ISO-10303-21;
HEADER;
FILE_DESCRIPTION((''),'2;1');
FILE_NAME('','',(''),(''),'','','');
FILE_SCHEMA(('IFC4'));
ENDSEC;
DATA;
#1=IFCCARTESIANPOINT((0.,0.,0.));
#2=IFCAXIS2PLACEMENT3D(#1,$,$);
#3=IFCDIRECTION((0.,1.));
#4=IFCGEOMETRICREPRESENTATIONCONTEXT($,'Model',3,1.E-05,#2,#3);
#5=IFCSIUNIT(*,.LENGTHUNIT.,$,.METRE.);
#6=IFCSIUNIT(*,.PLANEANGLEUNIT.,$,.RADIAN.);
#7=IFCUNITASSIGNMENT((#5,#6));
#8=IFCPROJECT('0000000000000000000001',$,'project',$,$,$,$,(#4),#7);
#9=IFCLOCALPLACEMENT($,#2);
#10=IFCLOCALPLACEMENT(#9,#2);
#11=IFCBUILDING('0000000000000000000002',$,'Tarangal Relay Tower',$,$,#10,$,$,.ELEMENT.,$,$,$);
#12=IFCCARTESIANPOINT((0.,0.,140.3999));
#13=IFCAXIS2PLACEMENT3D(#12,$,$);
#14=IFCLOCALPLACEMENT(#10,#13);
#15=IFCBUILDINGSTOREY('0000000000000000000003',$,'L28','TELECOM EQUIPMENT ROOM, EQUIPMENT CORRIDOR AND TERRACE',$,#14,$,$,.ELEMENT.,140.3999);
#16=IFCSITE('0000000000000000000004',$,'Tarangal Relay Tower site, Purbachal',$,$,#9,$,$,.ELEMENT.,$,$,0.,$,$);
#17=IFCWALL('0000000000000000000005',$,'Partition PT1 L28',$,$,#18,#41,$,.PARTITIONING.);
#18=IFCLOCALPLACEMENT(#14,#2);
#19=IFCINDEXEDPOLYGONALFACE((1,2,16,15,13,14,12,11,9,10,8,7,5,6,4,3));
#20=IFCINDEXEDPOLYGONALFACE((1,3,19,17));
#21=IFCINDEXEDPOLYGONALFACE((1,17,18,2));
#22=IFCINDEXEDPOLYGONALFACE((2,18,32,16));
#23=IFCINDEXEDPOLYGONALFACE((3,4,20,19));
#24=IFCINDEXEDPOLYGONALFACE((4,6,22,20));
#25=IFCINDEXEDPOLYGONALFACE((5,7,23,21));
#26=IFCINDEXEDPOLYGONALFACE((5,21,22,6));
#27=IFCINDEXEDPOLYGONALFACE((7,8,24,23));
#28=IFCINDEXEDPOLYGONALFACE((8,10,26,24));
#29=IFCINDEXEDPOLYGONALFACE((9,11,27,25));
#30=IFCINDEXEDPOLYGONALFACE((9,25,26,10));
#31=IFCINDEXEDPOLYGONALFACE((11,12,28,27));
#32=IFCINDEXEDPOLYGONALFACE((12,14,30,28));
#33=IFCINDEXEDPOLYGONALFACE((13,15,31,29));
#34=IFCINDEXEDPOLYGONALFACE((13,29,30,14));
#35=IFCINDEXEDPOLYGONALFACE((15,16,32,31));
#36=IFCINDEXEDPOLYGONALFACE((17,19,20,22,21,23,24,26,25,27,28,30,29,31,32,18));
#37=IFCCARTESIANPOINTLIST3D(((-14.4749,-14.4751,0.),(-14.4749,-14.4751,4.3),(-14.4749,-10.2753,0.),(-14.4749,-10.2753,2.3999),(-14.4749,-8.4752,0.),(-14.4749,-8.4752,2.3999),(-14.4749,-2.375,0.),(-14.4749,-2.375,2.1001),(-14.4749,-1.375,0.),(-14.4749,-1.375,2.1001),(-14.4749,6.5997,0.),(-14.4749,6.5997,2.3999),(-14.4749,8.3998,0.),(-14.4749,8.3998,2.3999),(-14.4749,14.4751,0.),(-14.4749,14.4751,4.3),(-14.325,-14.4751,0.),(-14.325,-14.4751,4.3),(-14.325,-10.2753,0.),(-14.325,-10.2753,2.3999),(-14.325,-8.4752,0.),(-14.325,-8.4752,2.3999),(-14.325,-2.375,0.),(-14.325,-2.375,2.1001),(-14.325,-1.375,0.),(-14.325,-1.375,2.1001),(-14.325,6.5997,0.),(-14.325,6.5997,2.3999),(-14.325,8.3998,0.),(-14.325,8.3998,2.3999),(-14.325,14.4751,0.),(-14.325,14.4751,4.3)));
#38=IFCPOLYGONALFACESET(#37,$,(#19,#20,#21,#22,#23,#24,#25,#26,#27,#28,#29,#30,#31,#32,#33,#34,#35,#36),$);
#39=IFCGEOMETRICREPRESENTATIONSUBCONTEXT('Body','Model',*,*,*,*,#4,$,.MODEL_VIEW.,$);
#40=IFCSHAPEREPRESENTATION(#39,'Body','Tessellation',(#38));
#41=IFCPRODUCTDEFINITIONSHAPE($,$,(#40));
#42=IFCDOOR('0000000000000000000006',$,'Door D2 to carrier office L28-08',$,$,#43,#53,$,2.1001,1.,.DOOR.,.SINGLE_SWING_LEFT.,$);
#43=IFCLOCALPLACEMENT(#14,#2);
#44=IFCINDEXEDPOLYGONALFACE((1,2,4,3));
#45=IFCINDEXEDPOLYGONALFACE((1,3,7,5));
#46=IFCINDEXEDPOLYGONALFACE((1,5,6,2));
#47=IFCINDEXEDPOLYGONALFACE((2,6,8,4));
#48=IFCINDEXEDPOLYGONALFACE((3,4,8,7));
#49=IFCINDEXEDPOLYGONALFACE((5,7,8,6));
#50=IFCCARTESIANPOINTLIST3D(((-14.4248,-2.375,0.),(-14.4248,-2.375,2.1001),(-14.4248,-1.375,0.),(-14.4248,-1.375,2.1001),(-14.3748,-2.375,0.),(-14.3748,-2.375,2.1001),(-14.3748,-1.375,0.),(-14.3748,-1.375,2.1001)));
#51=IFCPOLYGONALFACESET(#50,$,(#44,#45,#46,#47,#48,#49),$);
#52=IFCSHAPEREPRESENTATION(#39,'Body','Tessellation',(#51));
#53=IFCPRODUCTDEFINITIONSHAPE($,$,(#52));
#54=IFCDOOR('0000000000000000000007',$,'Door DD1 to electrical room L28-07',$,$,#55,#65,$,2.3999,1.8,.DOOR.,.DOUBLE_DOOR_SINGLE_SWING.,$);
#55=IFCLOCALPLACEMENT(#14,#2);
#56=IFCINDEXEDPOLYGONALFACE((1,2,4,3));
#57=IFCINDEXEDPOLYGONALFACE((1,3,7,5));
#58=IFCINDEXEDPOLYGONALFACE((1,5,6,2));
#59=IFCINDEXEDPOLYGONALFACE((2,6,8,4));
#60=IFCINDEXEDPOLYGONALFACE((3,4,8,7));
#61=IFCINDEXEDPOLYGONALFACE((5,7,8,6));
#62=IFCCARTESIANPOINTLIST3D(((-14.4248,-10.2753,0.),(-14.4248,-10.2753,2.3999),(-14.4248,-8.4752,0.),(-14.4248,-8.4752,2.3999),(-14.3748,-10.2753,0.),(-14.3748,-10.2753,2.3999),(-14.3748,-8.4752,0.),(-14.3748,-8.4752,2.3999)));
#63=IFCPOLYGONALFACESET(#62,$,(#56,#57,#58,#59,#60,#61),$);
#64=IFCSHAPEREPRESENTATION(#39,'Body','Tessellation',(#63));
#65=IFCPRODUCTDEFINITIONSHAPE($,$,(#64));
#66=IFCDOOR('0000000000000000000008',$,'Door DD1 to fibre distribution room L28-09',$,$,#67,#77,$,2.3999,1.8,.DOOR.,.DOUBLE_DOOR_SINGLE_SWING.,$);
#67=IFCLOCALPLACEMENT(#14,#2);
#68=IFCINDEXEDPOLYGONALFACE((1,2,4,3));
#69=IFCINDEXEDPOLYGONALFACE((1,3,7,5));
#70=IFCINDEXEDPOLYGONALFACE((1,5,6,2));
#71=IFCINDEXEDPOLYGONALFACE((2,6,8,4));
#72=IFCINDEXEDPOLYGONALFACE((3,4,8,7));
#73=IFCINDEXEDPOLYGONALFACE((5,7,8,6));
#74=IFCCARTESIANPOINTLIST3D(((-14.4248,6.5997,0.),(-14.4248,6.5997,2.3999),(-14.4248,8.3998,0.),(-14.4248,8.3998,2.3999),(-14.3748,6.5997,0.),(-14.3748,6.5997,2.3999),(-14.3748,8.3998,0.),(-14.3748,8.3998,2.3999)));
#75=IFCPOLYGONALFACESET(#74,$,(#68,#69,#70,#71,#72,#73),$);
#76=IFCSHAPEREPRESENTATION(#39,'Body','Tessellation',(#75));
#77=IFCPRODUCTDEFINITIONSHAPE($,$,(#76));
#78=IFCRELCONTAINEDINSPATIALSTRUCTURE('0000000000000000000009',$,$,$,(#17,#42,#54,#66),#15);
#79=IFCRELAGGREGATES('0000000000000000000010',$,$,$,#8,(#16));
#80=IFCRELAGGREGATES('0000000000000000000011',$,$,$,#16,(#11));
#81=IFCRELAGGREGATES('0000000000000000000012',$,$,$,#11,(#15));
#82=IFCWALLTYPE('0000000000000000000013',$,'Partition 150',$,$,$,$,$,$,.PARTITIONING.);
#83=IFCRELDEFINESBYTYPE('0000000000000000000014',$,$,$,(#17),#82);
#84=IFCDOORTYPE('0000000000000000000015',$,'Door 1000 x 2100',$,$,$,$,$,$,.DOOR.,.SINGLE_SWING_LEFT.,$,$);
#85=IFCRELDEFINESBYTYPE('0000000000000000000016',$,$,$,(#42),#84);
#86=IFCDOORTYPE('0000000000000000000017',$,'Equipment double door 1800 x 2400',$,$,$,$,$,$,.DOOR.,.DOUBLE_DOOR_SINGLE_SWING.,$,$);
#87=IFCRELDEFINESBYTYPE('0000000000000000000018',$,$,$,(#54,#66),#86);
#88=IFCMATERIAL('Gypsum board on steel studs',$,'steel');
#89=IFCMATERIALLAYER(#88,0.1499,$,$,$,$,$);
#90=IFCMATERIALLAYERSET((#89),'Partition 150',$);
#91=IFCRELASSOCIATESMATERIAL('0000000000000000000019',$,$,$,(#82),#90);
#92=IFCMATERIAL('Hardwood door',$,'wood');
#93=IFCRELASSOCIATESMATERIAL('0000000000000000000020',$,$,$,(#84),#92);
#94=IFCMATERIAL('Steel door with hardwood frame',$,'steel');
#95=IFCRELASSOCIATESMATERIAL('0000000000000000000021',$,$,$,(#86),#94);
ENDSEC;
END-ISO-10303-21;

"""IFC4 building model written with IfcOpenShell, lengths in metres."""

from ifc_helpers import new_model, si_unit, direction, frame, frame_2d, origin, place, context, subcontext, project, spatial, rectangle, extrude, material, layer, layer_set, type_object, element, fill, save


model = new_model("IFC4")

# Units and contexts
model_context = context("Model", 3, precision=1e-05, world=origin(), true_north=direction((0.0, 1.0)))
body_context = subcontext(model_context, "Body", "Model", "MODEL_VIEW")
ifc_project = project(units=[si_unit("LENGTHUNIT", "METRE"), si_unit("PLANEANGLEUNIT", "RADIAN")], contexts=[model_context])

# Site, building, storey
site_placement = place(None, origin())
site = spatial("IfcSite", under=ifc_project, at=site_placement, Name="Tarangal Relay Tower site, Purbachal", CompositionType="ELEMENT", RefElevation=0.0)
building_placement = place(site_placement, origin())
building = spatial("IfcBuilding", under=site, at=building_placement, Name="Tarangal Relay Tower", CompositionType="ELEMENT")
storey_placement = place(building_placement, frame((0.0, 0.0, 140.3999)))
storey = spatial("IfcBuildingStorey", under=building, at=storey_placement, Name="L28", Description="TELECOM EQUIPMENT ROOM, EQUIPMENT CORRIDOR AND TERRACE", CompositionType="ELEMENT", Elevation=140.3999)

# Wall, openings, doors
ifc_material_1 = material(Name="Gypsum board on steel studs", Category="steel")
ifc_layer_1 = layer(ifc_material_1, 0.1499)
ifc_layer_set_1 = layer_set([ifc_layer_1], Name="Partition 150")
wall_type_1 = type_object("IfcWallType", Name="Partition 150", PredefinedType="PARTITIONING", material=ifc_layer_set_1)
ifc_material_2 = material(Name="Hardwood door", Category="wood")
door_type_1 = type_object("IfcDoorType", Name="Door 1000 x 2100", OperationType="SINGLE_SWING_LEFT", PredefinedType="DOOR", material=ifc_material_2)
ifc_material_3 = material(Name="Steel door with hardwood frame", Category="steel")
door_type_2 = type_object("IfcDoorType", Name="Equipment double door 1800 x 2400", OperationType="DOUBLE_DOOR_SINGLE_SWING", PredefinedType="DOOR", material=ifc_material_3)
wall_1_placement = place(storey_placement, frame((-14.3999, -14.4751, 0.0), z_axis=(0.0, 0.0, 1.0), x_axis=(0.0, 1.0, 0.0)))
wall_1 = element("IfcWall", 1, at=wall_1_placement, inside=storey, type_object=wall_type_1, Name="Partition PT1 L28", PredefinedType="PARTITIONING", context=body_context, shape_type="SweptSolid", body=[
    extrude(rectangle(XDim=28.9502, YDim=0.1499, at=frame_2d((14.4751, 0.0))), origin(), (0.0, 0.0, 1.0), 4.3),
])
opening_1_placement = place(wall_1_placement, frame((4.2, 0.0, 0.0)))
opening_1 = element("IfcOpeningElement", 2, at=opening_1_placement, cuts=wall_1, PredefinedType="OPENING", context=body_context, shape_type="SweptSolid", body=[
    extrude(rectangle(XDim=1.8, YDim=2.3999, at=frame_2d((0.8999, 1.2))), frame((0.0, 0.085, 0.0), z_axis=(0.0, -1.0, 0.0), x_axis=(1.0, 0.0, 0.0)), (0.0, 0.0, 1.0), 0.1699),
])
opening_2_placement = place(wall_1_placement, frame((12.1001, 0.0, 0.0)))
opening_2 = element("IfcOpeningElement", 3, at=opening_2_placement, cuts=wall_1, PredefinedType="OPENING", context=body_context, shape_type="SweptSolid", body=[
    extrude(rectangle(XDim=1.0, YDim=2.1001, at=frame_2d((0.5, 1.05))), frame((0.0, 0.085, 0.0), z_axis=(0.0, -1.0, 0.0), x_axis=(1.0, 0.0, 0.0)), (0.0, 0.0, 1.0), 0.1699),
])
opening_3_placement = place(wall_1_placement, frame((21.075, 0.0, 0.0)))
opening_3 = element("IfcOpeningElement", 4, at=opening_3_placement, cuts=wall_1, PredefinedType="OPENING", context=body_context, shape_type="SweptSolid", body=[
    extrude(rectangle(XDim=1.8, YDim=2.3999, at=frame_2d((0.8999, 1.2))), frame((0.0, 0.085, 0.0), z_axis=(0.0, -1.0, 0.0), x_axis=(1.0, 0.0, 0.0)), (0.0, 0.0, 1.0), 0.1699),
])
door_1_placement = place(opening_2_placement, origin())
door_1 = element("IfcDoor", 5, at=door_1_placement, inside=storey, type_object=door_type_1, Name="Door D2 to carrier office L28-08", OperationType="SINGLE_SWING_LEFT", OverallHeight=2.1001, OverallWidth=1.0, PredefinedType="DOOR", context=body_context, shape_type="SweptSolid", body=[
    extrude(rectangle(XDim=1.0, YDim=2.1001, at=frame_2d((0.5, 1.05))), frame((0.0, 0.0249, 0.0), z_axis=(0.0, -1.0, 0.0), x_axis=(1.0, 0.0, 0.0)), (0.0, 0.0, 1.0), 0.05),
])
fill(opening_2, door_1)
door_2_placement = place(opening_1_placement, origin())
door_2 = element("IfcDoor", 6, at=door_2_placement, inside=storey, type_object=door_type_2, Name="Door DD1 to electrical room L28-07", OperationType="DOUBLE_DOOR_SINGLE_SWING", OverallHeight=2.3999, OverallWidth=1.8, PredefinedType="DOOR", context=body_context, shape_type="SweptSolid", body=[
    extrude(rectangle(XDim=1.8, YDim=2.3999, at=frame_2d((0.8999, 1.2))), frame((0.0, 0.0249, 0.0), z_axis=(0.0, -1.0, 0.0), x_axis=(1.0, 0.0, 0.0)), (0.0, 0.0, 1.0), 0.05),
])
fill(opening_1, door_2)
door_3_placement = place(opening_3_placement, origin())
door_3 = element("IfcDoor", 7, at=door_3_placement, inside=storey, type_object=door_type_2, Name="Door DD1 to fibre distribution room L28-09", OperationType="DOUBLE_DOOR_SINGLE_SWING", OverallHeight=2.3999, OverallWidth=1.8, PredefinedType="DOOR", context=body_context, shape_type="SweptSolid", body=[
    extrude(rectangle(XDim=1.8, YDim=2.3999, at=frame_2d((0.8999, 1.2))), frame((0.0, 0.0249, 0.0), z_axis=(0.0, -1.0, 0.0), x_axis=(1.0, 0.0, 0.0)), (0.0, 0.0, 1.0), 0.05),
])
fill(opening_3, door_3)

save(model, "model.ifc")
